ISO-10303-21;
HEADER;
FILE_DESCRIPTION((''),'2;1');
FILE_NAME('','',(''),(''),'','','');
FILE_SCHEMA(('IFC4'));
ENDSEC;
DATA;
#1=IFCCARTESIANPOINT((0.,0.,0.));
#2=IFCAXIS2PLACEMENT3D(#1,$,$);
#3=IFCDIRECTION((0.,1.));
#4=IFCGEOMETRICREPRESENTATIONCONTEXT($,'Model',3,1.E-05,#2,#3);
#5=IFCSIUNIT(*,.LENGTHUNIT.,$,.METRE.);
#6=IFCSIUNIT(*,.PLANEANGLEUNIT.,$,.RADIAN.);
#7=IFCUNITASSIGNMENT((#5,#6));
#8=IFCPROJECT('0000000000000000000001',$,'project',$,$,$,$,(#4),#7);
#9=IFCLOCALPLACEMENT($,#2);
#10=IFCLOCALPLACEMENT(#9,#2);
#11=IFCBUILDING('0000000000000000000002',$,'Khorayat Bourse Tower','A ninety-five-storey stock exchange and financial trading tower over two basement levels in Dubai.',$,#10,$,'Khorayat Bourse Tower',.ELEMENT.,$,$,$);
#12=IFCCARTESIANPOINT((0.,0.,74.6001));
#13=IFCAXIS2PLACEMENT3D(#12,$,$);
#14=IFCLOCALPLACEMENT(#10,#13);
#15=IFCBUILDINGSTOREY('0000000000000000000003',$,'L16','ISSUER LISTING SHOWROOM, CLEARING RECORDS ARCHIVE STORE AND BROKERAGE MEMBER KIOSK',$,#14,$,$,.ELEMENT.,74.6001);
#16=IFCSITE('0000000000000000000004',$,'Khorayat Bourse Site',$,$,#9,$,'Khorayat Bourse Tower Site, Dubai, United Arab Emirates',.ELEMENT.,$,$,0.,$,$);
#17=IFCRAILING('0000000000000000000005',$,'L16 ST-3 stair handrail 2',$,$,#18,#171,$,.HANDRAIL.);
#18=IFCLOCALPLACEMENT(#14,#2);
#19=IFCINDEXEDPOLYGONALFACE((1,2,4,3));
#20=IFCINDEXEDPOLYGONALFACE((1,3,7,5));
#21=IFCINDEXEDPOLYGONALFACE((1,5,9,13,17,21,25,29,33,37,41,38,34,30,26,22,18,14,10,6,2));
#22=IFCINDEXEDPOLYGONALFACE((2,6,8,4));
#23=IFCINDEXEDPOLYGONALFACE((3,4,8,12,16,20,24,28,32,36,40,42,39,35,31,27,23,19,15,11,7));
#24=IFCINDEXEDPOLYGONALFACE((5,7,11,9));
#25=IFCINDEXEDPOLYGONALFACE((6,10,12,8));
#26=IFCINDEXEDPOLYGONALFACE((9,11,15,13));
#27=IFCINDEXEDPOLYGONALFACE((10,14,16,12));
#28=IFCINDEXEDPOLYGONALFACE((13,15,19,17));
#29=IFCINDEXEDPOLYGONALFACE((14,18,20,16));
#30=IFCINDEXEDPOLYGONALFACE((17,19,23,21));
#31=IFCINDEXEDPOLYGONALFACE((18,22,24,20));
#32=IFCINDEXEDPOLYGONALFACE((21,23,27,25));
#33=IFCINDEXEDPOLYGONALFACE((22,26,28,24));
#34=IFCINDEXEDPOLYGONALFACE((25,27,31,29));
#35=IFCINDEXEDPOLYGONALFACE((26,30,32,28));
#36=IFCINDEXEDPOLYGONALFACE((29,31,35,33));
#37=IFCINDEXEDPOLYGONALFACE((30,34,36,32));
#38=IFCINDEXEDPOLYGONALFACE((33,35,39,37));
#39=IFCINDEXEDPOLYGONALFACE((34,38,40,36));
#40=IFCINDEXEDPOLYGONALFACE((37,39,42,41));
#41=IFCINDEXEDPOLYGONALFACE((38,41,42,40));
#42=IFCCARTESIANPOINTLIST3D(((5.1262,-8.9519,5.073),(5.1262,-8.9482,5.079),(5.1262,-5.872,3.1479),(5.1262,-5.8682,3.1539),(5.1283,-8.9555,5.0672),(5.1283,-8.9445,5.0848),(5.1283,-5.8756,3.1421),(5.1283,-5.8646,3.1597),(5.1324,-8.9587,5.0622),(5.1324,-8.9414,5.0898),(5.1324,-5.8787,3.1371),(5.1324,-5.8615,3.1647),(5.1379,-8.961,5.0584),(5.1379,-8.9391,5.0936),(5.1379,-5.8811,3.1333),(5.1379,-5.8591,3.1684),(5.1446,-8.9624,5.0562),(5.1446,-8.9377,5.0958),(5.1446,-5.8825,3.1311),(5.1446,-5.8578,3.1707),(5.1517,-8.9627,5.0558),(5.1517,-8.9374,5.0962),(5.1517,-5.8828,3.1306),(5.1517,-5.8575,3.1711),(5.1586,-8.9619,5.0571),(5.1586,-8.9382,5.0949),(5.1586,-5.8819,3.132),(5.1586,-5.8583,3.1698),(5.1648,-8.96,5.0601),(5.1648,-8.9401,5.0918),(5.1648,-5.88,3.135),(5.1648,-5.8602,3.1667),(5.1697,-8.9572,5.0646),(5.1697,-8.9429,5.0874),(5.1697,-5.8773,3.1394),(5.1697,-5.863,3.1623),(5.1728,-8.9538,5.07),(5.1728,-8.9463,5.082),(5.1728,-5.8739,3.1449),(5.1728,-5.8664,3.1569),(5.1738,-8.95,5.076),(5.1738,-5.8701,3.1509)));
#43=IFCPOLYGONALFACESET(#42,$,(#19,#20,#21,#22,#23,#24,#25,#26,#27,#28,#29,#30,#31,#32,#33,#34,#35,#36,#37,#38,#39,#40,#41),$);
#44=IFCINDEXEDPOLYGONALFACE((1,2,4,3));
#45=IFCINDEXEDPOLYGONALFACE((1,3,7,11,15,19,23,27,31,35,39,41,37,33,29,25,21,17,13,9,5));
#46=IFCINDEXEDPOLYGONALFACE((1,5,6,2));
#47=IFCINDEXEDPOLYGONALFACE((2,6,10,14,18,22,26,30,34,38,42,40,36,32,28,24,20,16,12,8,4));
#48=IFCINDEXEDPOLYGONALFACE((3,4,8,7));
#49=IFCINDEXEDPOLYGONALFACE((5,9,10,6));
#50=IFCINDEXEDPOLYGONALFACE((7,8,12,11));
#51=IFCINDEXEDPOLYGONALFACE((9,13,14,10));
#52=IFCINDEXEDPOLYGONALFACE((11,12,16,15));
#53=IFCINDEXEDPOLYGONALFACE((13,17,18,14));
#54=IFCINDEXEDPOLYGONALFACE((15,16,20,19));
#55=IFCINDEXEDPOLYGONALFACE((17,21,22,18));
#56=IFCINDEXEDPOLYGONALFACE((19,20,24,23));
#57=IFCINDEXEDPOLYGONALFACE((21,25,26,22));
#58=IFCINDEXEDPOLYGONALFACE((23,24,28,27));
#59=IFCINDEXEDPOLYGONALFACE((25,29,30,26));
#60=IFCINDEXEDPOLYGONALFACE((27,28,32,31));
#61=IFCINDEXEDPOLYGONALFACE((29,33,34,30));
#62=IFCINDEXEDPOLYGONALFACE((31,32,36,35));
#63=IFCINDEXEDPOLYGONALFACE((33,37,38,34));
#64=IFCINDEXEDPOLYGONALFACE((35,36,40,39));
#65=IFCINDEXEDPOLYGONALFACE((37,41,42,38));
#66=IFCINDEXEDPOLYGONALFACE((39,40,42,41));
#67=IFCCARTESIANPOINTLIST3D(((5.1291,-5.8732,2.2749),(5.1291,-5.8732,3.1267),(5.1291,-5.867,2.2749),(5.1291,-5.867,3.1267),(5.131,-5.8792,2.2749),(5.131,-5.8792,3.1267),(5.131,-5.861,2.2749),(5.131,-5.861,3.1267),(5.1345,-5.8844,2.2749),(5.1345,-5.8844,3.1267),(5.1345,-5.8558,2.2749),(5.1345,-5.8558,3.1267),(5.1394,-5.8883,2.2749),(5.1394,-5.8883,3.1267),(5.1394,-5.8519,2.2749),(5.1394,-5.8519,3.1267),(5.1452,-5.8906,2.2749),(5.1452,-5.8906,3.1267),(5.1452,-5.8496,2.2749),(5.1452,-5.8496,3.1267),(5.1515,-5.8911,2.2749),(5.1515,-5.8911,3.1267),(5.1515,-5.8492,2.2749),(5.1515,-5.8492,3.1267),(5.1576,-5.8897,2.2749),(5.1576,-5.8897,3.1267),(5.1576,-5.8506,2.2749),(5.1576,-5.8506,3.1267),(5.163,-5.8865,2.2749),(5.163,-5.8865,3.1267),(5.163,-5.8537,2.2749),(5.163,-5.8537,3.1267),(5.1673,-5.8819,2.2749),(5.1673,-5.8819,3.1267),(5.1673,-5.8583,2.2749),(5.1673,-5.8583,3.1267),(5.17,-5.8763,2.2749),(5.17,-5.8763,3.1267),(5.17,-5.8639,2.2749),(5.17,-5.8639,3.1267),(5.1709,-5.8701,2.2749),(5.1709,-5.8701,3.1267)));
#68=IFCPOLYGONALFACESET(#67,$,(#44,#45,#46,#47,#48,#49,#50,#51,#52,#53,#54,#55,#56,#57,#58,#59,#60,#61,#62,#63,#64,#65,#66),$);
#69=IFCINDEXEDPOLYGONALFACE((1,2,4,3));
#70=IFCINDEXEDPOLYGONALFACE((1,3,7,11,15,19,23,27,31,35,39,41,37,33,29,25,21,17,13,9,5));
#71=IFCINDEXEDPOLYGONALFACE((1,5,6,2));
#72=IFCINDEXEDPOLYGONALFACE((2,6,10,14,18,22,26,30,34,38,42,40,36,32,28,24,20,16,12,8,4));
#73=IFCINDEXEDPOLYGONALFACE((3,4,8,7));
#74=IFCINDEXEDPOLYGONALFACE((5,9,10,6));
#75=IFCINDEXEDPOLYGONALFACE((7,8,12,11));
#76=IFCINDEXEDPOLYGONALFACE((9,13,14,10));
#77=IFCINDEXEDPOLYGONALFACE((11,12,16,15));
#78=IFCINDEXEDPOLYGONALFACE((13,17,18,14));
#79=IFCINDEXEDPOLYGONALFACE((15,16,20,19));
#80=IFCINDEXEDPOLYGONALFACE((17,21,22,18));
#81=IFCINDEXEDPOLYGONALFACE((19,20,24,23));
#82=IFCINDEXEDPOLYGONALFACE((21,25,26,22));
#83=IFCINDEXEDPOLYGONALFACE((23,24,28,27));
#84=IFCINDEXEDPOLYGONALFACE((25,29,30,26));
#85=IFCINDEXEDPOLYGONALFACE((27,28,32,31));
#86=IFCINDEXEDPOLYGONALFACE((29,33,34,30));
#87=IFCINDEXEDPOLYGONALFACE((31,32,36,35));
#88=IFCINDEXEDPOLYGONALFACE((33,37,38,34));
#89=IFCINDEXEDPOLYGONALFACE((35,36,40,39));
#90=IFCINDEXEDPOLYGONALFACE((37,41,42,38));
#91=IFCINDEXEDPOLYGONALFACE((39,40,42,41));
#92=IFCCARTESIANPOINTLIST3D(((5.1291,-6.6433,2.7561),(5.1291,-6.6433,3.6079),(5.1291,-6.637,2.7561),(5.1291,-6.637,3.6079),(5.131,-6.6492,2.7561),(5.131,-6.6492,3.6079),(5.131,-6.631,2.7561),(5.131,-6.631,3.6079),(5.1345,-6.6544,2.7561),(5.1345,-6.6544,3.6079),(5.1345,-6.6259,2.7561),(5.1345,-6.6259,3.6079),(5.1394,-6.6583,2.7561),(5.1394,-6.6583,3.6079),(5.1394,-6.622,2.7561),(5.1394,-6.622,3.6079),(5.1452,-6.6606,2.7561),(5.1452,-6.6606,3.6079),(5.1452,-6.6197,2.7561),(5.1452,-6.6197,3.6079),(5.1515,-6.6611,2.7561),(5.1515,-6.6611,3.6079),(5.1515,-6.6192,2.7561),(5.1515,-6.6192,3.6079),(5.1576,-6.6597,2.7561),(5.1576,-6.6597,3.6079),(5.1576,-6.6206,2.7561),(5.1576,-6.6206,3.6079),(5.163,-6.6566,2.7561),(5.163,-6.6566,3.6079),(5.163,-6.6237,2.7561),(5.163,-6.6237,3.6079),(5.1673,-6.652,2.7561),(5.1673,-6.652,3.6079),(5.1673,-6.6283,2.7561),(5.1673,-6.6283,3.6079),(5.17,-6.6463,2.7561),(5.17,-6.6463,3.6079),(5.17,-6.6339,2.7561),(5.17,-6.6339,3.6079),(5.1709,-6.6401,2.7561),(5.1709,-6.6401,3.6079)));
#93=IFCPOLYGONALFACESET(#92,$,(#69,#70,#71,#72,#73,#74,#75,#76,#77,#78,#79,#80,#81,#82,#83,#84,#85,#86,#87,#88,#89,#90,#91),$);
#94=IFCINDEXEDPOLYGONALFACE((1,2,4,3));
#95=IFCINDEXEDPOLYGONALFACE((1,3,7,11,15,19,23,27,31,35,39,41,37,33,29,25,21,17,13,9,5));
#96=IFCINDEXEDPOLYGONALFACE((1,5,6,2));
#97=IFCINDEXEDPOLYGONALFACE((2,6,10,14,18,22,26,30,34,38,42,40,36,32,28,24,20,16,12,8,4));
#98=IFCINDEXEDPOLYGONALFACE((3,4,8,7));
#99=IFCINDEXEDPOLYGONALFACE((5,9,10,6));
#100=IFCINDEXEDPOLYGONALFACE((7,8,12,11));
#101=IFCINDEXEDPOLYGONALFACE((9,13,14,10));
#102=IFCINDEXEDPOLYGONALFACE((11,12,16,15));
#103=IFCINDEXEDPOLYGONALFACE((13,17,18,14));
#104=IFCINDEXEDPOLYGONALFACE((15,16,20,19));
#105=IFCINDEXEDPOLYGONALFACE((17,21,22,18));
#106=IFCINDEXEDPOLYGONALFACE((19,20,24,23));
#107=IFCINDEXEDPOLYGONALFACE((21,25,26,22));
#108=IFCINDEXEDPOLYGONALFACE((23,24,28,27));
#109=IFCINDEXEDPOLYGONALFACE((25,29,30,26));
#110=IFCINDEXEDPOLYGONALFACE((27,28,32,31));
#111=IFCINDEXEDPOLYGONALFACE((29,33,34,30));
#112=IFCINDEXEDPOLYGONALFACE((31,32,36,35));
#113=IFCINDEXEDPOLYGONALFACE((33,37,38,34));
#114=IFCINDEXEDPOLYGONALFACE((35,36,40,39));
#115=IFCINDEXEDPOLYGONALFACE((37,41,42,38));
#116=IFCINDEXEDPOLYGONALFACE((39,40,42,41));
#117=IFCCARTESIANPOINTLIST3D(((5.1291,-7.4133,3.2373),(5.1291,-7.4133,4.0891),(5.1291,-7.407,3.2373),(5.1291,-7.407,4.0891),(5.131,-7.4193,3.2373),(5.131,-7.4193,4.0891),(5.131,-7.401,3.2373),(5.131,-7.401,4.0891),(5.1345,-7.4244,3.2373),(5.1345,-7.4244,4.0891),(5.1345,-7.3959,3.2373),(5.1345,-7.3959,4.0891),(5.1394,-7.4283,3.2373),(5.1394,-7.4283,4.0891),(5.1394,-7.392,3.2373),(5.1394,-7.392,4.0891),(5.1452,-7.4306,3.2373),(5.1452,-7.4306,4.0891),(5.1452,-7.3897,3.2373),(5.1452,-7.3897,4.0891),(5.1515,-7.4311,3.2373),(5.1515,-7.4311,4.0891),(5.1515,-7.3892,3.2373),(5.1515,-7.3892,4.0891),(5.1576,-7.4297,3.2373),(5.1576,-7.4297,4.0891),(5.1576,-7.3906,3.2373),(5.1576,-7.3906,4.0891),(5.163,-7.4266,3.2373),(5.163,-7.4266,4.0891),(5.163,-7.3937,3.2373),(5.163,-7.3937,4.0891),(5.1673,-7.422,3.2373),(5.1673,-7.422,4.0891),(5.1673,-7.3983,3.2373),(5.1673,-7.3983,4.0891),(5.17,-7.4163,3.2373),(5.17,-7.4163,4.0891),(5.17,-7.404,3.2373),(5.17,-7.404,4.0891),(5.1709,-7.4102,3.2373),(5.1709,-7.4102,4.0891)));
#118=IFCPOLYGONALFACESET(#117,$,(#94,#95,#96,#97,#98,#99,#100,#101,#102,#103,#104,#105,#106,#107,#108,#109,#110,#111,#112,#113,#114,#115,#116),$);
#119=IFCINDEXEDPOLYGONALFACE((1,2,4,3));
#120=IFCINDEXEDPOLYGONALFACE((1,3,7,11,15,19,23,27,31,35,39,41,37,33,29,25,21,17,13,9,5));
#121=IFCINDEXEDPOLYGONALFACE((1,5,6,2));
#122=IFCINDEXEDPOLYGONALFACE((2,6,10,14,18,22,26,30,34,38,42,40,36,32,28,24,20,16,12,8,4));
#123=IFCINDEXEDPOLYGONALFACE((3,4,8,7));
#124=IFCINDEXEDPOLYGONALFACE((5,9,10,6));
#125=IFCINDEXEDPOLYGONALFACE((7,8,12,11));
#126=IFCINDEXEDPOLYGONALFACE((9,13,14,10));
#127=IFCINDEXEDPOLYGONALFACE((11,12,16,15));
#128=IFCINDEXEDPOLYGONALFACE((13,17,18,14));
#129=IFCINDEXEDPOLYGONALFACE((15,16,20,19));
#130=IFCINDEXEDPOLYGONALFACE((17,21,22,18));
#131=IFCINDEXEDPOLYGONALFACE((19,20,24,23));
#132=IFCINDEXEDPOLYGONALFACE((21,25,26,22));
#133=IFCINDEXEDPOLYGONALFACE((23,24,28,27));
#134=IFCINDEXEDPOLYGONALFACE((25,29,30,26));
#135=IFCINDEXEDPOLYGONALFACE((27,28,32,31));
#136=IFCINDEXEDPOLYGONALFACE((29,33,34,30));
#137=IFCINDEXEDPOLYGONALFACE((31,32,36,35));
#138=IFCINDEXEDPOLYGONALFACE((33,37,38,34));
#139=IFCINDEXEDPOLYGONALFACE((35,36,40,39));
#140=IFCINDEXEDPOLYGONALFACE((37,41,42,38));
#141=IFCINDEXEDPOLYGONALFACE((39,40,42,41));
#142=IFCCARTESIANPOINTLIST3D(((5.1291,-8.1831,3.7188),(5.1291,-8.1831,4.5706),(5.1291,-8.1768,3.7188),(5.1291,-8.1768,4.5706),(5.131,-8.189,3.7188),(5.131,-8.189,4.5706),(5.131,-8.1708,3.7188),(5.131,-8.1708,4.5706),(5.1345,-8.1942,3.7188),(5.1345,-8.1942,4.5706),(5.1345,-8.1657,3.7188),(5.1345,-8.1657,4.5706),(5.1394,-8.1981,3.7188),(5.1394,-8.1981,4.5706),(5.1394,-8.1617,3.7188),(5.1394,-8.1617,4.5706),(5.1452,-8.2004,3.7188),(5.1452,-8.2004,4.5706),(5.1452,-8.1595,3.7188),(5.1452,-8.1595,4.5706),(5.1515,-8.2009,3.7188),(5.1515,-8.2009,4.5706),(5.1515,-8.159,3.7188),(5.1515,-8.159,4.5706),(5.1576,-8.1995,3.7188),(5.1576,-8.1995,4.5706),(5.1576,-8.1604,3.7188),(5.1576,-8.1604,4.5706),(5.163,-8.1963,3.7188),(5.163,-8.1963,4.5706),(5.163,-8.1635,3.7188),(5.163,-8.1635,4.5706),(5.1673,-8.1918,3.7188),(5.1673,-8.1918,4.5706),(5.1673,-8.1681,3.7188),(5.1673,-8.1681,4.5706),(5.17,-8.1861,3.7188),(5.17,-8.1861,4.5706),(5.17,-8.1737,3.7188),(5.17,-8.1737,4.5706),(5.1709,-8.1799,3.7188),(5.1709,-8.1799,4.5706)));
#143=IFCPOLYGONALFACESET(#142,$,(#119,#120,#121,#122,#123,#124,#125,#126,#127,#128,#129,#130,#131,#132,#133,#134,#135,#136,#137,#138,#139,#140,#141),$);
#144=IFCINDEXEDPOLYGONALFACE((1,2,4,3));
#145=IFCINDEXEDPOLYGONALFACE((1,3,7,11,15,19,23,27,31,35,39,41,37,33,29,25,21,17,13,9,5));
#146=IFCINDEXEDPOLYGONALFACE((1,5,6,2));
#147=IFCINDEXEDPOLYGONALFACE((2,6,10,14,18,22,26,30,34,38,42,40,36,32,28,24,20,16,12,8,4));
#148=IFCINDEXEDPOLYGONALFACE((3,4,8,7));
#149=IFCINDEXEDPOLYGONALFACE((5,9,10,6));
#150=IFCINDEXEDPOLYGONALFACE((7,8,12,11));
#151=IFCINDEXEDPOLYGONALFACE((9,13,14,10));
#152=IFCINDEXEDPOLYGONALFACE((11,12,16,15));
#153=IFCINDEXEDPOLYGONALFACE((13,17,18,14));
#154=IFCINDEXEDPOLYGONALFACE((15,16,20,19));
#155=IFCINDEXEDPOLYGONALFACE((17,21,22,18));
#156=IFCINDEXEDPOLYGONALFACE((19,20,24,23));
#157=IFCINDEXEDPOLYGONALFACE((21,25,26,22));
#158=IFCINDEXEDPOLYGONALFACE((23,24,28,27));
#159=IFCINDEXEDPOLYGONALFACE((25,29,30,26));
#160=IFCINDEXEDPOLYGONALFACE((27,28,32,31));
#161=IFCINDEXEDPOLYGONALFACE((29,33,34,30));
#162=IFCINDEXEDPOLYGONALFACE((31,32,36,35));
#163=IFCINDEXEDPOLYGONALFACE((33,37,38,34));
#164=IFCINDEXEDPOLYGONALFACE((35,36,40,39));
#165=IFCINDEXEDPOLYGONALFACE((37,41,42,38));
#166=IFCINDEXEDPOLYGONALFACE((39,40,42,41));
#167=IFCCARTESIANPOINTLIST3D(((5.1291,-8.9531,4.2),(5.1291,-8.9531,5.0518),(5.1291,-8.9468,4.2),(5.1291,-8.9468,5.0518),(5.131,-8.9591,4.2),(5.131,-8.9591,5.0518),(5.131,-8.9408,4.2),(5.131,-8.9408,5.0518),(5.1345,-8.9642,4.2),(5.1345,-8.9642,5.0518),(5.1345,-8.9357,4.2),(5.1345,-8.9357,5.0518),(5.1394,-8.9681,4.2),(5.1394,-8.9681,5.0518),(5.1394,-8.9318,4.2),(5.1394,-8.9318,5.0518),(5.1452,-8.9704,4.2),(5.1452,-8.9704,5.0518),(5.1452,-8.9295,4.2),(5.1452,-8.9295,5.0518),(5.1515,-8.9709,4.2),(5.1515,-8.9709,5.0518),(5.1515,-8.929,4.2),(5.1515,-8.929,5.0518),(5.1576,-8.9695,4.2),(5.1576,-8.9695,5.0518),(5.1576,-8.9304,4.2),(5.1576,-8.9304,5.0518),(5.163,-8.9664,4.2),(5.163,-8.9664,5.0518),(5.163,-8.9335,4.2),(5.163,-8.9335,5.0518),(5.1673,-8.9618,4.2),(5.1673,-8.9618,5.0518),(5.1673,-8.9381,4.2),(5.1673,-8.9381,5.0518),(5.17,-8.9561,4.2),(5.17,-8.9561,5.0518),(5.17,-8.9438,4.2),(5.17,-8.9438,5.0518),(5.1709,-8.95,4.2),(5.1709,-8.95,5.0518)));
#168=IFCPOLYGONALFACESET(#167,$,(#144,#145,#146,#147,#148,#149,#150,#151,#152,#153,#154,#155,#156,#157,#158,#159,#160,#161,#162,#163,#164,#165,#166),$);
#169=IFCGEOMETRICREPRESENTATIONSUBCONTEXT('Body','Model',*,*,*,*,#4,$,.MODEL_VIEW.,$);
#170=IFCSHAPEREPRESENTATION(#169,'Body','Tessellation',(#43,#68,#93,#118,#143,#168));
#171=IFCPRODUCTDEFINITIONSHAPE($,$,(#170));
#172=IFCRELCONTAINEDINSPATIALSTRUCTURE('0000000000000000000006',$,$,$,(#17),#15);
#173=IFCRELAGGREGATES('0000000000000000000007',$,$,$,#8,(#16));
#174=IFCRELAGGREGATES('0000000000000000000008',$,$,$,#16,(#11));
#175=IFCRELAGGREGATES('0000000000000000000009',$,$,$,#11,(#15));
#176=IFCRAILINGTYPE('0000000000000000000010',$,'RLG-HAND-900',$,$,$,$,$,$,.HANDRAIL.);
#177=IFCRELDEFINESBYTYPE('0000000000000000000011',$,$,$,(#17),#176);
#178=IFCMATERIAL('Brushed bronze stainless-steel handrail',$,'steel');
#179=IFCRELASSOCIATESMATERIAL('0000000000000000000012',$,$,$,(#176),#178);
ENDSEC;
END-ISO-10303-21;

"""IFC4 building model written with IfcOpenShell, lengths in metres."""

from ifc_helpers import new_model, si_unit, direction, frame, origin, origin_2d, place, context, subcontext, project, spatial, circle, extrude, source, transform, mapped, material, type_object, element, save


model = new_model("IFC4")

# Units and contexts
model_context = context("Model", 3, precision=1e-05, world=origin(), true_north=direction((0.0, 1.0)))
body_context = subcontext(model_context, "Body", "Model", "MODEL_VIEW")
ifc_project = project(units=[si_unit("LENGTHUNIT", "METRE"), si_unit("PLANEANGLEUNIT", "RADIAN")], contexts=[model_context])

# Site, building, storey
site_placement = place(None, origin())
site = spatial("IfcSite", under=ifc_project, at=site_placement, Name="Khorayat Bourse Site", LongName="Khorayat Bourse Tower Site, Dubai, United Arab Emirates", CompositionType="ELEMENT", RefElevation=0.0)
building_placement = place(site_placement, origin())
building = spatial("IfcBuilding", under=site, at=building_placement, Name="Khorayat Bourse Tower", Description="A ninety-five-storey stock exchange and financial trading tower over two basement levels in Dubai.", LongName="Khorayat Bourse Tower", CompositionType="ELEMENT")
storey_placement = place(building_placement, frame((0.0, 0.0, 74.6001)))
storey = spatial("IfcBuildingStorey", under=building, at=storey_placement, Name="L16", Description="ISSUER LISTING SHOWROOM, CLEARING RECORDS ARCHIVE STORE AND BROKERAGE MEMBER KIOSK", CompositionType="ELEMENT", Elevation=74.6001)

# Railing
ifc_material_1 = material(Name="Brushed bronze stainless-steel handrail", Category="steel")
railing_type_1 = type_object("IfcRailingType", Name="RLG-HAND-900", PredefinedType="HANDRAIL", material=ifc_material_1)
shared_shape_1 = source(origin(), body_context, "Body", "SweptSolid", [
    extrude(circle(Radius=0.0239, at=origin_2d()), frame((0.0, 0.0, 0.876), z_axis=(0.0, -0.847979, 0.530029), x_axis=(1.0, 0.0, 0.0)), (0.0, 0.0, 1.0), 3.6321),
    extrude(circle(Radius=0.021, at=origin_2d()), origin(), (0.0, 0.0, 1.0), 0.8518),
    extrude(circle(Radius=0.021, at=origin_2d()), frame((0.0, -0.77, 0.4812)), (0.0, 0.0, 1.0), 0.8518),
    extrude(circle(Radius=0.021, at=origin_2d()), frame((0.0, -1.54, 0.9624)), (0.0, 0.0, 1.0), 0.8518),
    extrude(circle(Radius=0.021, at=origin_2d()), frame((0.0, -2.3098, 1.4438)), (0.0, 0.0, 1.0), 0.8518),
    extrude(circle(Radius=0.021, at=origin_2d()), frame((0.0, -3.0798, 1.925)), (0.0, 0.0, 1.0), 0.8518),
])
railing_1_placement = place(storey_placement, frame((5.1499, -5.8701, 2.2749)))
element("IfcRailing", 1, at=railing_1_placement, inside=storey, type_object=railing_type_1, Name="L16 ST-3 stair handrail 2", PredefinedType="HANDRAIL", context=body_context, shape_type="MappedRepresentation", body=[
    mapped(shared_shape_1, transform((0.0, 0.0, 0.0), scale=1.0)),
])

save(model, "model.ifc")
